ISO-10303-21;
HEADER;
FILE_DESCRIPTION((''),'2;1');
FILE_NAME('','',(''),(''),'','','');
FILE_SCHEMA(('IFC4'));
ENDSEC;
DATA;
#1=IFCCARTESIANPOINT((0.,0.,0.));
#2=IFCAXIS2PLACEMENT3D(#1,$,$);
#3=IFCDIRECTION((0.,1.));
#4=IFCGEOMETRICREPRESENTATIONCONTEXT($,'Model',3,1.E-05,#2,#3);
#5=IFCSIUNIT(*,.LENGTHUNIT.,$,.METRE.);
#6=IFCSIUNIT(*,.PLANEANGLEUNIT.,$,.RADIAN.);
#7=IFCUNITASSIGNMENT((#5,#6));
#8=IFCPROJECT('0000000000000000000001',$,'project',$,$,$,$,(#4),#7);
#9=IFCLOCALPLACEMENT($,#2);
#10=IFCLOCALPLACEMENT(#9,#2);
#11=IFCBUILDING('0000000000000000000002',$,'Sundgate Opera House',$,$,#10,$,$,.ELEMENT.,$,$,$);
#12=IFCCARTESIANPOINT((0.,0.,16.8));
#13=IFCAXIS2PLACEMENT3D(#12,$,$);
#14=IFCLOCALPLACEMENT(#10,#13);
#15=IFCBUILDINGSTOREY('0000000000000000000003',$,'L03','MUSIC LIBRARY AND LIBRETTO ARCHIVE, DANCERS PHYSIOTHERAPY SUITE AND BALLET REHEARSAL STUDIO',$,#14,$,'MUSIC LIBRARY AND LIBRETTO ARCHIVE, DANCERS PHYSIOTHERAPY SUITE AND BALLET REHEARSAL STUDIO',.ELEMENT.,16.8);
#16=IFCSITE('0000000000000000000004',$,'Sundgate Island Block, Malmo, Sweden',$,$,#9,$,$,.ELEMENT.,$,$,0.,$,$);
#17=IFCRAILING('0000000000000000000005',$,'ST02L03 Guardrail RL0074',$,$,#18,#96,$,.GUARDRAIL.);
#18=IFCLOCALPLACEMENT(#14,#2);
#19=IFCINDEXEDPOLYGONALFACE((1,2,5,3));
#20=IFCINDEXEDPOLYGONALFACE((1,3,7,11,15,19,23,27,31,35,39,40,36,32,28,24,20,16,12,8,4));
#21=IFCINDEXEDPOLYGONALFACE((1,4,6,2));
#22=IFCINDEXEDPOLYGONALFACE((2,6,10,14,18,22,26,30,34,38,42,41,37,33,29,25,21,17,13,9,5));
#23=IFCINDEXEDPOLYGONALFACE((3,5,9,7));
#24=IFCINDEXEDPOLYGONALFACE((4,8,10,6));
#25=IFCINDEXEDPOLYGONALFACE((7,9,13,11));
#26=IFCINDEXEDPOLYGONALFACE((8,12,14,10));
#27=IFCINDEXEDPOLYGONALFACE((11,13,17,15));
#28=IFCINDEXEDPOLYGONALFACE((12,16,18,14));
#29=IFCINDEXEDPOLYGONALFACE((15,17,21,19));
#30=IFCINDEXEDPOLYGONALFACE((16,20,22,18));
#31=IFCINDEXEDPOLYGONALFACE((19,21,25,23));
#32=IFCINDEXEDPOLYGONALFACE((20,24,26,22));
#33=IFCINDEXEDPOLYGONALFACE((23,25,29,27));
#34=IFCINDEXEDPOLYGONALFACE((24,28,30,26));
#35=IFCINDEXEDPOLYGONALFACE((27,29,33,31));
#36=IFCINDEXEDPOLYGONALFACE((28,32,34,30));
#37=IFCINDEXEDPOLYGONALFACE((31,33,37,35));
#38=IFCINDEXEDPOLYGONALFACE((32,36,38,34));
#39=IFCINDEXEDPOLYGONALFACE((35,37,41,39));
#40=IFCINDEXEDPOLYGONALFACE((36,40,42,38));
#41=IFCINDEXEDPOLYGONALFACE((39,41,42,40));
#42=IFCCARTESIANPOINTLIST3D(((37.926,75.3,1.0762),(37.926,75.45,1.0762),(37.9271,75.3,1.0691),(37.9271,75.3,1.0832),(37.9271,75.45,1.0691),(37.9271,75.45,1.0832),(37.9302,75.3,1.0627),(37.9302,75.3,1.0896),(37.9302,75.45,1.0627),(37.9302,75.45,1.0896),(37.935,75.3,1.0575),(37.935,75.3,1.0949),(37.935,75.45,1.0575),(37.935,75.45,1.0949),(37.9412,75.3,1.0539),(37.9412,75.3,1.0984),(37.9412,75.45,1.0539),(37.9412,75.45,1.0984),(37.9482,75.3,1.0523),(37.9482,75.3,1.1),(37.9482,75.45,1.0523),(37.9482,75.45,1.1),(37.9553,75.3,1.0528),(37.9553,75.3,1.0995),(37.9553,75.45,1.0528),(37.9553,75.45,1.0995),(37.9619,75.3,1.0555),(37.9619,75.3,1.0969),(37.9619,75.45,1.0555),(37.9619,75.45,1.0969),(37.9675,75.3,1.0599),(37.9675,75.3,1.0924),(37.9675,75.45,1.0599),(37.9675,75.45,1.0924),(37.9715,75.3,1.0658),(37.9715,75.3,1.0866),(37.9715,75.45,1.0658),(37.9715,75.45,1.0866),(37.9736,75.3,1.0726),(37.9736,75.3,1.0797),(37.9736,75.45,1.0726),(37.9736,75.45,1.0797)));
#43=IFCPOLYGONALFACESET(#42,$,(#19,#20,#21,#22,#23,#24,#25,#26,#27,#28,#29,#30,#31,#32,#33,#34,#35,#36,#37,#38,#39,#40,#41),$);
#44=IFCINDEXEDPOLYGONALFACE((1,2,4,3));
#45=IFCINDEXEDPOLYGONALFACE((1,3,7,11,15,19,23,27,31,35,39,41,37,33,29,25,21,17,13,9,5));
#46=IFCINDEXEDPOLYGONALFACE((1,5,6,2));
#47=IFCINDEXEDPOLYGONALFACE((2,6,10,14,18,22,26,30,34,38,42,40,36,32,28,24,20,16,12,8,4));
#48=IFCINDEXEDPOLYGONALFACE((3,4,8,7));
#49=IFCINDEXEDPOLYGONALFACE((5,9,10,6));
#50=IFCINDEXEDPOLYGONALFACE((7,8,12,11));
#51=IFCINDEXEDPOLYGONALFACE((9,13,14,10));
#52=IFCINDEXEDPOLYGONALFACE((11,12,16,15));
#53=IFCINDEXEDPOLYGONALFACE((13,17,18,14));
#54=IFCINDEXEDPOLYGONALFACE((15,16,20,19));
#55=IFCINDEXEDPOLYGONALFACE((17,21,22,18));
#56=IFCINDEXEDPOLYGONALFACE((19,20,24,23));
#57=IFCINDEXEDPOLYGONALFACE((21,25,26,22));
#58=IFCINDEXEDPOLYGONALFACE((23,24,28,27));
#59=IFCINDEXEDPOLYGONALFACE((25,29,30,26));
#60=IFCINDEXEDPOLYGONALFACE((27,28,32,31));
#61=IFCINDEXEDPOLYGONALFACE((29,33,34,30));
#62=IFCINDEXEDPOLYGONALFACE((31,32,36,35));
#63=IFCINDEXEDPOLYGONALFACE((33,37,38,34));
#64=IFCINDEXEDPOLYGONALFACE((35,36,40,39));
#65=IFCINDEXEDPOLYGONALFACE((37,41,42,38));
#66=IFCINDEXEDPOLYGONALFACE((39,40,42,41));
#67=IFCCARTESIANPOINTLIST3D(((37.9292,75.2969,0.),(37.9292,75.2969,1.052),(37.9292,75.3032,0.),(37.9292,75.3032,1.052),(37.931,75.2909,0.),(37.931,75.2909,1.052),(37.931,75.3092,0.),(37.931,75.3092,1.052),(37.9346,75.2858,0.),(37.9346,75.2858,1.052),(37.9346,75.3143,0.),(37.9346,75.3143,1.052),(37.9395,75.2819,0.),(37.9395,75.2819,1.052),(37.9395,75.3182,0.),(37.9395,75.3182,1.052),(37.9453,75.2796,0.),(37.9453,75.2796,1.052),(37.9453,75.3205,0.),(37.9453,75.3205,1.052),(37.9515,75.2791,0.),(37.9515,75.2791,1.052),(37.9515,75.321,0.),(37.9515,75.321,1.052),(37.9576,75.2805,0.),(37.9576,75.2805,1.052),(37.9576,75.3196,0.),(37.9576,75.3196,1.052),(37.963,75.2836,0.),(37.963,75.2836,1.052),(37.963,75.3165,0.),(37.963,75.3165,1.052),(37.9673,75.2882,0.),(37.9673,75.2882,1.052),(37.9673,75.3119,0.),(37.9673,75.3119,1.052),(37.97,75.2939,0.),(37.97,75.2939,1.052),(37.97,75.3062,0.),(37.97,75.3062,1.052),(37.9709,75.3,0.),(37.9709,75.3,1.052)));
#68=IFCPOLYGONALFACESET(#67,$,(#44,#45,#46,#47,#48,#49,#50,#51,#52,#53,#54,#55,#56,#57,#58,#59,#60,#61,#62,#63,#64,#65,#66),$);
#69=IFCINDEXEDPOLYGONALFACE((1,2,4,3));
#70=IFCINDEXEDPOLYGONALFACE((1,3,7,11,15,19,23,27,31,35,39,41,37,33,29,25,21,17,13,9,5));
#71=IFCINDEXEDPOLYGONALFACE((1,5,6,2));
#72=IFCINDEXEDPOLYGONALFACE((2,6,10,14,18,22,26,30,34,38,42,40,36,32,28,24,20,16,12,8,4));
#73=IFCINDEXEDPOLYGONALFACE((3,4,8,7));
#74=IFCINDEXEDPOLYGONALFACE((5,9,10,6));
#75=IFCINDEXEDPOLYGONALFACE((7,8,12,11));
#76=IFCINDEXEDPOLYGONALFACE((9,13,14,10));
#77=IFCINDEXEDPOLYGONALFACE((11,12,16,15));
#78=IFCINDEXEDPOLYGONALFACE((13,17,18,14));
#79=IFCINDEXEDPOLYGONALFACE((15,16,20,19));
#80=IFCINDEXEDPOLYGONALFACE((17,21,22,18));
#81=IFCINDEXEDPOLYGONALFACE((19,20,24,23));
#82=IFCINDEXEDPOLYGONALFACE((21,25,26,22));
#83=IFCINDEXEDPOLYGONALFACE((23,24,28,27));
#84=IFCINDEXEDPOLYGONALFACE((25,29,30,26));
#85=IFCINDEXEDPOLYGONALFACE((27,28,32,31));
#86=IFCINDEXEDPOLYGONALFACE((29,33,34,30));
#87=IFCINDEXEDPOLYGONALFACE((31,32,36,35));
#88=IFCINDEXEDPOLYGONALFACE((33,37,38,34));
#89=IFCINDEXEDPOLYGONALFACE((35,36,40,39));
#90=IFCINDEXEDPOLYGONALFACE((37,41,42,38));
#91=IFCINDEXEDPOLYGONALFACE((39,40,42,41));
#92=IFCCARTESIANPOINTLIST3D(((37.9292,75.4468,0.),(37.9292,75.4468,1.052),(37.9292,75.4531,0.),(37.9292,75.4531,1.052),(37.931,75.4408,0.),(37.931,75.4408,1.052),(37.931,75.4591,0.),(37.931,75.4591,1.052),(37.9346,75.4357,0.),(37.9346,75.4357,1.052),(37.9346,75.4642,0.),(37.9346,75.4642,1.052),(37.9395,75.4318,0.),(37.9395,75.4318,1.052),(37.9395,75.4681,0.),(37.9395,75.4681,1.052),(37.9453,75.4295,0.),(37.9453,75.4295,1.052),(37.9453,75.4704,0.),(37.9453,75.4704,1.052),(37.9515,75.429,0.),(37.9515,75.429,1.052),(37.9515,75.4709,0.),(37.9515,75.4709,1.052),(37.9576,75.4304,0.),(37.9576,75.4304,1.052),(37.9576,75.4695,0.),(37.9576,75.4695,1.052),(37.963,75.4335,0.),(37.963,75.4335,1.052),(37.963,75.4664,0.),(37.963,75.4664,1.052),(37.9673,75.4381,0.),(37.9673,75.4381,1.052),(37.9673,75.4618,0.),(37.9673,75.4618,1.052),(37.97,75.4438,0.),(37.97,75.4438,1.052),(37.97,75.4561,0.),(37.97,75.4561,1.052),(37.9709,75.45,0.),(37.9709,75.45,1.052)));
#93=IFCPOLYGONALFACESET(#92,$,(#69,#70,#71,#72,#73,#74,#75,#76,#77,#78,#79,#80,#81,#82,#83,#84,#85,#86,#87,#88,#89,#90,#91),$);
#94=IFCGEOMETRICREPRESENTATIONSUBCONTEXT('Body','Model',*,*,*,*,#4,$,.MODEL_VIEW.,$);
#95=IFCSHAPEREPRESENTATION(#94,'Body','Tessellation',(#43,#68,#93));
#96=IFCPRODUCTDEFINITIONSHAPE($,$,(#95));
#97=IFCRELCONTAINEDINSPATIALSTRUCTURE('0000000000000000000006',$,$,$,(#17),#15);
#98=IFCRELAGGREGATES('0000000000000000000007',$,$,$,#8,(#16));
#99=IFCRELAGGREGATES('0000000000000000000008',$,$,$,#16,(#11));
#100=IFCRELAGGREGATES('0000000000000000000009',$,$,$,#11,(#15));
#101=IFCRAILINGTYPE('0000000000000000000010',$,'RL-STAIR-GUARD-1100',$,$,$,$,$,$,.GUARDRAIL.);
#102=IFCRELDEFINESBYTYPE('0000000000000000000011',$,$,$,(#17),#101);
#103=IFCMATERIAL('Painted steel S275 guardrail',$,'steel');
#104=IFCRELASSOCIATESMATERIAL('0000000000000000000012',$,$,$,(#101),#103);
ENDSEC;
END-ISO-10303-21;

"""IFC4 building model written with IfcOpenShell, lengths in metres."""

from ifc_helpers import new_model, si_unit, direction, frame, origin, origin_2d, place, context, subcontext, project, spatial, circle, extrude, material, type_object, element, save


model = new_model("IFC4")

# Units and contexts
model_context = context("Model", 3, precision=1e-05, world=origin(), true_north=direction((0.0, 1.0)))
body_context = subcontext(model_context, "Body", "Model", "MODEL_VIEW")
ifc_project = project(units=[si_unit("LENGTHUNIT", "METRE"), si_unit("PLANEANGLEUNIT", "RADIAN")], contexts=[model_context])

# Site, building, storey
site_placement = place(None, origin())
site = spatial("IfcSite", under=ifc_project, at=site_placement, Name="Sundgate Island Block, Malmo, Sweden", CompositionType="ELEMENT", RefElevation=0.0)
building_placement = place(site_placement, origin())
building = spatial("IfcBuilding", under=site, at=building_placement, Name="Sundgate Opera House", CompositionType="ELEMENT")
storey_placement = place(building_placement, frame((0.0, 0.0, 16.8)))
storey = spatial("IfcBuildingStorey", under=building, at=storey_placement, Name="L03", Description="MUSIC LIBRARY AND LIBRETTO ARCHIVE, DANCERS PHYSIOTHERAPY SUITE AND BALLET REHEARSAL STUDIO", LongName="MUSIC LIBRARY AND LIBRETTO ARCHIVE, DANCERS PHYSIOTHERAPY SUITE AND BALLET REHEARSAL STUDIO", CompositionType="ELEMENT", Elevation=16.8)

# Railing
ifc_material_1 = material(Name="Painted steel S275 guardrail", Category="steel")
railing_type_1 = type_object("IfcRailingType", Name="RL-STAIR-GUARD-1100", PredefinedType="GUARDRAIL", material=ifc_material_1)
railing_1_placement = place(storey_placement, frame((37.95, 75.3, 0.0)))
element("IfcRailing", 1, at=railing_1_placement, inside=storey, type_object=railing_type_1, Name="ST02L03 Guardrail RL0074", PredefinedType="GUARDRAIL", context=body_context, shape_type="SweptSolid", body=[
    extrude(circle(Radius=0.0239, at=origin_2d()), frame((0.0, 0.0, 1.0762), z_axis=(0.0, 1.0, 0.0), x_axis=(-1.0, 0.0, 0.0)), (0.0, 0.0, 1.0), 0.1499),
    extrude(circle(Radius=0.021, at=origin_2d()), origin(), (0.0, 0.0, 1.0), 1.052),
    extrude(circle(Radius=0.021, at=origin_2d()), frame((0.0, 0.1499, 0.0)), (0.0, 0.0, 1.0), 1.052),
])

save(model, "model.ifc")
